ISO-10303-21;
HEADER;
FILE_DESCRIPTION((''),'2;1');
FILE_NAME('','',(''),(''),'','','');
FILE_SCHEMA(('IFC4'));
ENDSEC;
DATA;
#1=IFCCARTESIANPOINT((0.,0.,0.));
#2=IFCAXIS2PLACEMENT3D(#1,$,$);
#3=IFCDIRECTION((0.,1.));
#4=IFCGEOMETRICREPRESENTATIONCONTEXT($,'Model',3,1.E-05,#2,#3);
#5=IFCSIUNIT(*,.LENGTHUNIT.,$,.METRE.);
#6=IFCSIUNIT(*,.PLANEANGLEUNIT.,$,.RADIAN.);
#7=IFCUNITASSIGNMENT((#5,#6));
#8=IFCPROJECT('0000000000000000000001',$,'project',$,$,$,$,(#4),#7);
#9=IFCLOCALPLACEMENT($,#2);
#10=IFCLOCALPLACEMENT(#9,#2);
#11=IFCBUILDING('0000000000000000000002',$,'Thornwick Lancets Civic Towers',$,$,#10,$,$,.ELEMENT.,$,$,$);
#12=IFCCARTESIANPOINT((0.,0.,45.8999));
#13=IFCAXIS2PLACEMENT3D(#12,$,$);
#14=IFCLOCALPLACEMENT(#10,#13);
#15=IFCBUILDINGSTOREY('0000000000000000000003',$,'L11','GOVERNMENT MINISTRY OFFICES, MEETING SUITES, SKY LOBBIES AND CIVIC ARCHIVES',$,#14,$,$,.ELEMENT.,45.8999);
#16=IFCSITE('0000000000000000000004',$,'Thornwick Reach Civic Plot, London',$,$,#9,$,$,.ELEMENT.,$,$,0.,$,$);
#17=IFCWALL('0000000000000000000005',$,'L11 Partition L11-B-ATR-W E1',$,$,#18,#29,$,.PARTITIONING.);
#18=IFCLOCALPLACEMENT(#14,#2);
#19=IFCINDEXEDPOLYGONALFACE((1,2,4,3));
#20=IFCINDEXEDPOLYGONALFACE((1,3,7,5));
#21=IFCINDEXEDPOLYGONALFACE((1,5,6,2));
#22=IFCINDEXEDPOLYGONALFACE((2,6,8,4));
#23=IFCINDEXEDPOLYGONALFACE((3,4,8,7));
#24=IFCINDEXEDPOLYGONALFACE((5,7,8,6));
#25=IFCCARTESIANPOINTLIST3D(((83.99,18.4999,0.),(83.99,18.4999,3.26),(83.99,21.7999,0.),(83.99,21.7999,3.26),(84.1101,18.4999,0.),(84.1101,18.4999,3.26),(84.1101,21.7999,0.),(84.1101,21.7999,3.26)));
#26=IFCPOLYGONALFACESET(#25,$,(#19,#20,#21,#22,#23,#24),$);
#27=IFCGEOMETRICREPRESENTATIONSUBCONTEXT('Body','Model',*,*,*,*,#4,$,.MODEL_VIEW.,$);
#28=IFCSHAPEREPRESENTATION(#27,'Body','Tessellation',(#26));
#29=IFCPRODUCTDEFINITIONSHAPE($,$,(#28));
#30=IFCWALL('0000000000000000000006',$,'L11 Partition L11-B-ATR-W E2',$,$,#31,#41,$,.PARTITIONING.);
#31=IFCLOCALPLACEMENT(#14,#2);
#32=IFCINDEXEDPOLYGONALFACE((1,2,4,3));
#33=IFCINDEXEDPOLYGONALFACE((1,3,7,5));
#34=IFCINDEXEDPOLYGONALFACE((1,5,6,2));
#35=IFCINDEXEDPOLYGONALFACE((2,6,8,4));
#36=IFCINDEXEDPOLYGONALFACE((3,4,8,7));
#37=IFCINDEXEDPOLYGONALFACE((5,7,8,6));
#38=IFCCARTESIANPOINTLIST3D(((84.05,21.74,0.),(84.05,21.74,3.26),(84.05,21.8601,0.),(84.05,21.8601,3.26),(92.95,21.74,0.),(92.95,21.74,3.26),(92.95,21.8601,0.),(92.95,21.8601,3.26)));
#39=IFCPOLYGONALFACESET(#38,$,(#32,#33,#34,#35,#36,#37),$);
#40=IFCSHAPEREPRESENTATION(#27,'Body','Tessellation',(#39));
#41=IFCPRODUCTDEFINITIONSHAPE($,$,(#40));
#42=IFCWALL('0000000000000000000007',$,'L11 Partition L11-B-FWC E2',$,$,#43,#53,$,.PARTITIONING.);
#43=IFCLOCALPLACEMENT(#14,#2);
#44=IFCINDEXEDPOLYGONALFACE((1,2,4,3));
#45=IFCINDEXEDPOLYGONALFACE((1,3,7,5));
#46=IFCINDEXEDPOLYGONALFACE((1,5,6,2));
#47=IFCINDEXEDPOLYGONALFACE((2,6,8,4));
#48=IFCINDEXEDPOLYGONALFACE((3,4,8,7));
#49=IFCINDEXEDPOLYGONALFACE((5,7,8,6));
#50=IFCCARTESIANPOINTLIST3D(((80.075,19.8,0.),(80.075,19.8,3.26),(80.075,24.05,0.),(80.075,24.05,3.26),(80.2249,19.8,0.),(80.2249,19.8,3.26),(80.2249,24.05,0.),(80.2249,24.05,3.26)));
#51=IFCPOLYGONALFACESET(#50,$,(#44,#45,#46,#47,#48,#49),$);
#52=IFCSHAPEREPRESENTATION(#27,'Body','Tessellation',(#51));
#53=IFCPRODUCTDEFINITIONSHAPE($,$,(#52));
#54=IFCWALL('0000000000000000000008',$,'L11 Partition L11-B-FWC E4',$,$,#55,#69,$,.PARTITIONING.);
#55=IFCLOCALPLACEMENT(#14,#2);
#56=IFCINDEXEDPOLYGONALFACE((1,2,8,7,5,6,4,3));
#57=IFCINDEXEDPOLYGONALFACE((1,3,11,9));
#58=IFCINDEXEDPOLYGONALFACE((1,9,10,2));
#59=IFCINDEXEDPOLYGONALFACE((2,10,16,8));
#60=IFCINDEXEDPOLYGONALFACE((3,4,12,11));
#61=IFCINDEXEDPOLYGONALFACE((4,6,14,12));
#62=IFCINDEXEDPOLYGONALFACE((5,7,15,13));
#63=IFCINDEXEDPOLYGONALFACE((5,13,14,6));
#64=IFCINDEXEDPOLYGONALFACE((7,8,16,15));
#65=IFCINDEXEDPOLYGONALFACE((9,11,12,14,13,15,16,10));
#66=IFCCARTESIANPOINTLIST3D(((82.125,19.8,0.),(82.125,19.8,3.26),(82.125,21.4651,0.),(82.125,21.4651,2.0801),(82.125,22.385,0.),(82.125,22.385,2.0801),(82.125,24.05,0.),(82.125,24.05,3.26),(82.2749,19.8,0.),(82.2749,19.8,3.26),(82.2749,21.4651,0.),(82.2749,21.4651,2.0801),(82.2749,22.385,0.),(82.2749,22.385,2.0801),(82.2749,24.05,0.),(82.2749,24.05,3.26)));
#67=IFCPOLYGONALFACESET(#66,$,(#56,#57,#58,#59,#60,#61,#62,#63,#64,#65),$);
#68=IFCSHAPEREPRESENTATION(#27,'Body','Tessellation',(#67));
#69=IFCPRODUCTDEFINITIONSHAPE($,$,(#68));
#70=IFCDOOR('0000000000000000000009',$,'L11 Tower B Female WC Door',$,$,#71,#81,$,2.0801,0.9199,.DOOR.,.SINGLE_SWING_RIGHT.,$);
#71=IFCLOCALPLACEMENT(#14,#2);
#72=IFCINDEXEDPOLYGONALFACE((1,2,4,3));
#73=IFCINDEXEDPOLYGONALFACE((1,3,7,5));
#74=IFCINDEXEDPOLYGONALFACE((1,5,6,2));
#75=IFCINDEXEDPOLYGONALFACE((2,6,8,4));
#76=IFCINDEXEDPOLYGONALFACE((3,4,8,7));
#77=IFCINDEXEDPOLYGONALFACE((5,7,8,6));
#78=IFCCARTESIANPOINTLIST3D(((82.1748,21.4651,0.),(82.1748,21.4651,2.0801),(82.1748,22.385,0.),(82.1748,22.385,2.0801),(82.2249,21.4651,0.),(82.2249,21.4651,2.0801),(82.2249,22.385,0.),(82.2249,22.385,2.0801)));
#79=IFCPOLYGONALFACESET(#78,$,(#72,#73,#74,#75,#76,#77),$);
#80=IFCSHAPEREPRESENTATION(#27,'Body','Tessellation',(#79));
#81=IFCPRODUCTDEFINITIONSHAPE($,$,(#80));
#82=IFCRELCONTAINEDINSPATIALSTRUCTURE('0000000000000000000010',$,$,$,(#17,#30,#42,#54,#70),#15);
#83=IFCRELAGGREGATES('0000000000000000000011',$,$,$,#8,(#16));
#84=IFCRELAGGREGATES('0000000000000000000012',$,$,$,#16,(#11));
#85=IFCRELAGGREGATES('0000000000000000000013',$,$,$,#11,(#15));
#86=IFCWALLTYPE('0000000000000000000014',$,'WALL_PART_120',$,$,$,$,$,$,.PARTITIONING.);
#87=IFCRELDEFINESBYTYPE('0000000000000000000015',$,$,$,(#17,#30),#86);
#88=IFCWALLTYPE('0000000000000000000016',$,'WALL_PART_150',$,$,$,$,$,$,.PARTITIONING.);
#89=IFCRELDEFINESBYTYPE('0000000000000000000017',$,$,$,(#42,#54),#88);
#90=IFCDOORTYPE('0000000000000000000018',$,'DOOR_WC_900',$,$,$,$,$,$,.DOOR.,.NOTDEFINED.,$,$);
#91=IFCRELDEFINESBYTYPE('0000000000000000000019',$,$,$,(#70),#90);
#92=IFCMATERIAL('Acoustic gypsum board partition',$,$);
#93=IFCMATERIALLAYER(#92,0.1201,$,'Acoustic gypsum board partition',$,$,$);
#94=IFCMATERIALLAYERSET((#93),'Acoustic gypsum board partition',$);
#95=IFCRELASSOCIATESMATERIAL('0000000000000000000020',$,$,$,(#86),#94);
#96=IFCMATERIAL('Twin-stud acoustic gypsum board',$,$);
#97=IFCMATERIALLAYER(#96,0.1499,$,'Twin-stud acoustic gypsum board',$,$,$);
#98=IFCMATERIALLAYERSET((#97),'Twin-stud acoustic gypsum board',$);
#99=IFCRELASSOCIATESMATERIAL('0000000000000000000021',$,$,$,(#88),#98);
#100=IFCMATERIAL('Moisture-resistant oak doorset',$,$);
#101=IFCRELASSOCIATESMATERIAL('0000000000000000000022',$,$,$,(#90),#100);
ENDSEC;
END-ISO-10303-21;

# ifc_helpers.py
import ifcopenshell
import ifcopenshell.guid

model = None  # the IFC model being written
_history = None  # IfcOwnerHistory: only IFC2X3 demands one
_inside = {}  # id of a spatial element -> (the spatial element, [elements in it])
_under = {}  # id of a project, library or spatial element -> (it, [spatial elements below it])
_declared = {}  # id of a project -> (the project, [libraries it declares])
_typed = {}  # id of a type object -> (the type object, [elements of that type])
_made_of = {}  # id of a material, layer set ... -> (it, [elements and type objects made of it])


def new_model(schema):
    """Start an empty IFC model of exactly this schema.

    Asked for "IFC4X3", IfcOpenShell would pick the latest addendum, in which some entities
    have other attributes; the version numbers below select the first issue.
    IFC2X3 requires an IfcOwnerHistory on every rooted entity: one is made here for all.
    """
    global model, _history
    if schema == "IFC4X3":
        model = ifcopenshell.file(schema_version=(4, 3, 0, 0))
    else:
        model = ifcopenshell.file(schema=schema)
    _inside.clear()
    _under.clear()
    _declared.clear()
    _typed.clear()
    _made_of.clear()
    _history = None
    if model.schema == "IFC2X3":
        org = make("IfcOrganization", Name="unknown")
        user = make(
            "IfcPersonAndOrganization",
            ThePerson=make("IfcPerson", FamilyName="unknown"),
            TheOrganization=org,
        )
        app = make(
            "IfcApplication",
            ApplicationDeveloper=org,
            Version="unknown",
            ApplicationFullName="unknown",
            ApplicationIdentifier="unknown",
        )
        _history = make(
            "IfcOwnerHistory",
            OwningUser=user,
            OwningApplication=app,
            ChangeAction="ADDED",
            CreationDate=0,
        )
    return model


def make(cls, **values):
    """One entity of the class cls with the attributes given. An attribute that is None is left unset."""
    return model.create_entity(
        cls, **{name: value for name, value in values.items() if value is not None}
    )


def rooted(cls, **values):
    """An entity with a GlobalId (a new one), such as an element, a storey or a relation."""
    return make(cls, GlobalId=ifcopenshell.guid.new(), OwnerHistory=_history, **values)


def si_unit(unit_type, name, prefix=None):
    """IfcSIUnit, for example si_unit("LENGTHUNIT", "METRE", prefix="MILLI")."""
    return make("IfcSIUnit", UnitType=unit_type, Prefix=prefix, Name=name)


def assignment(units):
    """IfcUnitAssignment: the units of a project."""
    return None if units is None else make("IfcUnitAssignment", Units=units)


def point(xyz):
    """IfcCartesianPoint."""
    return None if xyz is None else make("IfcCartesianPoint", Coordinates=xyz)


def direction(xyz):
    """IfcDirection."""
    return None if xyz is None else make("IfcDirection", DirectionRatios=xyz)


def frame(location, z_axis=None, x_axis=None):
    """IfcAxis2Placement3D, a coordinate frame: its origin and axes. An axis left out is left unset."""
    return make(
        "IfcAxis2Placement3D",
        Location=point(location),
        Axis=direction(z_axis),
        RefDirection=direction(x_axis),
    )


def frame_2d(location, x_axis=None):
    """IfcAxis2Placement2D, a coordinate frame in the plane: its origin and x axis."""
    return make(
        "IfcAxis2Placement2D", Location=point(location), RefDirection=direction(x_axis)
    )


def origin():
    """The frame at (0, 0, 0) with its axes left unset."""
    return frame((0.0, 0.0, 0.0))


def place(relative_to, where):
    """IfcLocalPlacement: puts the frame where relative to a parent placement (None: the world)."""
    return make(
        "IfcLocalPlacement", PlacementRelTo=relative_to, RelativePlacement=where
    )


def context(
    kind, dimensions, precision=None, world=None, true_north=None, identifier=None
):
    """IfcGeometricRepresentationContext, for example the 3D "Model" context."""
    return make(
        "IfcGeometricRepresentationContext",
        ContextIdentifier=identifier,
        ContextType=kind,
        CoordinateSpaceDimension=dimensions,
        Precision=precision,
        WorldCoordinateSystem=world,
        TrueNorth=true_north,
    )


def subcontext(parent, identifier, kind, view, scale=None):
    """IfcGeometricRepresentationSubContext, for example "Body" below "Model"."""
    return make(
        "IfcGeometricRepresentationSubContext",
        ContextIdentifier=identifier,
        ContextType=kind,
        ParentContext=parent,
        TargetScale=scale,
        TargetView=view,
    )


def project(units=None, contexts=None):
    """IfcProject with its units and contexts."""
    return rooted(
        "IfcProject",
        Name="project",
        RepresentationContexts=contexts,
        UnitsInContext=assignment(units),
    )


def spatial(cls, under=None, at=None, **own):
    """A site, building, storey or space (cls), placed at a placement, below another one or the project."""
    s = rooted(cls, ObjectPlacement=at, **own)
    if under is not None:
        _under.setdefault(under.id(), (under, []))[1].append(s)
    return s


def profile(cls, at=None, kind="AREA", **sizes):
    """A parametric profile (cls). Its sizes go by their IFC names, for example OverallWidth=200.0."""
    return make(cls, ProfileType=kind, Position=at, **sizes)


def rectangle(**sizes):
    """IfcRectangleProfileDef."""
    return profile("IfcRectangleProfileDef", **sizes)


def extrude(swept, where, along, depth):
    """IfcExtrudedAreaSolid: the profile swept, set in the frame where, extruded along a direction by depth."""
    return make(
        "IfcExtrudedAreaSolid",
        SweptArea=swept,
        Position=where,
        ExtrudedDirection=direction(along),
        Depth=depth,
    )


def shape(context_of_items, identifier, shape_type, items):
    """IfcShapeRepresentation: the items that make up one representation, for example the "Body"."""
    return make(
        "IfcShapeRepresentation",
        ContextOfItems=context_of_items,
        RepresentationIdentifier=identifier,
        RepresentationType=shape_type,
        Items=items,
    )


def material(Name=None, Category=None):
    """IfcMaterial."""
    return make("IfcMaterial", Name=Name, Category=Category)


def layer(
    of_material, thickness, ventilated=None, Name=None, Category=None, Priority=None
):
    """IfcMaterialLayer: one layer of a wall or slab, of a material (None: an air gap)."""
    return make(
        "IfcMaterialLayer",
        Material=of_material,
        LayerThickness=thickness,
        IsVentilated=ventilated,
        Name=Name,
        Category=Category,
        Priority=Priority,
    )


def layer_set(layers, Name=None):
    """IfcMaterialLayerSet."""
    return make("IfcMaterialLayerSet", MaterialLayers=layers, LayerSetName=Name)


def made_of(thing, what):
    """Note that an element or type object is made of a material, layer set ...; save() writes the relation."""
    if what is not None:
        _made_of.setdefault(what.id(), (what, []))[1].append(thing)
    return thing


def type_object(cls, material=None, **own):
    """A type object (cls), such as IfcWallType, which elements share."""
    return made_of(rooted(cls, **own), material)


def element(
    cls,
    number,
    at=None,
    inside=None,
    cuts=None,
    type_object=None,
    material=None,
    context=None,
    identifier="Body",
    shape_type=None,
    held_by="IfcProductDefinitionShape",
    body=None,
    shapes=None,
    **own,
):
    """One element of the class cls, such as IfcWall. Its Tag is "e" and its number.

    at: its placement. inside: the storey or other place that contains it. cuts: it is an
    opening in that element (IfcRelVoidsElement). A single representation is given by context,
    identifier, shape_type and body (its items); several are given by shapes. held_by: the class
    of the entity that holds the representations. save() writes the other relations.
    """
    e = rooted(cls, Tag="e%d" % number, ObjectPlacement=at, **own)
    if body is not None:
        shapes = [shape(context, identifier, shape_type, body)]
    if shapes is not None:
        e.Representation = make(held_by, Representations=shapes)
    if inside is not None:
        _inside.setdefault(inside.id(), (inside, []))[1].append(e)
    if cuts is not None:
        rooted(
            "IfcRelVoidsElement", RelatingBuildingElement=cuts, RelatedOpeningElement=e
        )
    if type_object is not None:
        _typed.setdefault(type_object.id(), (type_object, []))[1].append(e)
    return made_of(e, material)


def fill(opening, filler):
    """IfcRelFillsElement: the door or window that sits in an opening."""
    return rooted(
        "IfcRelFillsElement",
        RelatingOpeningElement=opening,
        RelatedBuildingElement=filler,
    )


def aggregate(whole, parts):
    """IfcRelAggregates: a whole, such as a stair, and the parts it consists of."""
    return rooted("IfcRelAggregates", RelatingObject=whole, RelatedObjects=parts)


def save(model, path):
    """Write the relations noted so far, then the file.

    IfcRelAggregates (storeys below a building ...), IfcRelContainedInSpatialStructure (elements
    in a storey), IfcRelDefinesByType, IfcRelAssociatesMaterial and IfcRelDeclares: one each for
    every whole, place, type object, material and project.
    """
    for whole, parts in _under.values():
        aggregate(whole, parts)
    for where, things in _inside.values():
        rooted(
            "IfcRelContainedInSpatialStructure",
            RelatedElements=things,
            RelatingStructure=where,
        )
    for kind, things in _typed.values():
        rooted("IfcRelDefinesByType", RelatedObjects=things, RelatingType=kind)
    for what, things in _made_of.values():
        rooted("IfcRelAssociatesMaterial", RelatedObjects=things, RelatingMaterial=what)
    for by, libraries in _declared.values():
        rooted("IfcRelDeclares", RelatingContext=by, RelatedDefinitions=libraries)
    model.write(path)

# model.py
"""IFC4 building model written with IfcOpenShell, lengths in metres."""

from ifc_helpers import new_model, si_unit, direction, frame, frame_2d, origin, place, context, subcontext, project, spatial, rectangle, extrude, material, layer, layer_set, type_object, element, fill, save


model = new_model("IFC4")

# Units and contexts
model_context = context("Model", 3, precision=1e-05, world=origin(), true_north=direction((0.0, 1.0)))
body_context = subcontext(model_context, "Body", "Model", "MODEL_VIEW")
ifc_project = project(units=[si_unit("LENGTHUNIT", "METRE"), si_unit("PLANEANGLEUNIT", "RADIAN")], contexts=[model_context])

# Site, building, storey
site_placement = place(None, origin())
site = spatial("IfcSite", under=ifc_project, at=site_placement, Name="Thornwick Reach Civic Plot, London", CompositionType="ELEMENT", RefElevation=0.0)
building_placement = place(site_placement, origin())
building = spatial("IfcBuilding", under=site, at=building_placement, Name="Thornwick Lancets Civic Towers", CompositionType="ELEMENT")
storey_placement = place(building_placement, frame((0.0, 0.0, 45.8999)))
storey = spatial("IfcBuildingStorey", under=building, at=storey_placement, Name="L11", Description="GOVERNMENT MINISTRY OFFICES, MEETING SUITES, SKY LOBBIES AND CIVIC ARCHIVES", CompositionType="ELEMENT", Elevation=45.8999)

# Shared definitions
ifc_material_1 = material(Name="Acoustic gypsum board partition")
ifc_layer_1 = layer(ifc_material_1, 0.1201, Name="Acoustic gypsum board partition")
ifc_layer_set_1 = layer_set([ifc_layer_1], Name="Acoustic gypsum board partition")
wall_type_1 = type_object("IfcWallType", Name="WALL_PART_120", PredefinedType="PARTITIONING", material=ifc_layer_set_1)

# Walls
wall_1_placement = place(storey_placement, frame((84.05, 18.5, 0.0), z_axis=(0.0, 0.0, 1.0), x_axis=(0.0, 1.0, 0.0)))
element("IfcWall", 1, at=wall_1_placement, inside=storey, type_object=wall_type_1, Name="L11 Partition L11-B-ATR-W E1", PredefinedType="PARTITIONING", context=body_context, shape_type="SweptSolid", body=[
    extrude(rectangle(XDim=3.3, YDim=0.1201, at=frame_2d((1.6499, 0.0))), origin(), (0.0, 0.0, 1.0), 3.26),
])
wall_2_placement = place(storey_placement, frame((84.05, 21.8, 0.0), z_axis=(0.0, 0.0, 1.0), x_axis=(1.0, 0.0, 0.0)))
element("IfcWall", 2, at=wall_2_placement, inside=storey, type_object=wall_type_1, Name="L11 Partition L11-B-ATR-W E2", PredefinedType="PARTITIONING", context=body_context, shape_type="SweptSolid", body=[
    extrude(rectangle(XDim=8.8999, YDim=0.1201, at=frame_2d((4.45, 0.0))), origin(), (0.0, 0.0, 1.0), 3.26),
])
ifc_material_2 = material(Name="Twin-stud acoustic gypsum board")
ifc_layer_2 = layer(ifc_material_2, 0.1499, Name="Twin-stud acoustic gypsum board")
ifc_layer_set_2 = layer_set([ifc_layer_2], Name="Twin-stud acoustic gypsum board")
wall_type_2 = type_object("IfcWallType", Name="WALL_PART_150", PredefinedType="PARTITIONING", material=ifc_layer_set_2)
wall_3_placement = place(storey_placement, frame((80.1499, 19.8, 0.0), z_axis=(0.0, 0.0, 1.0), x_axis=(0.0, 1.0, 0.0)))
element("IfcWall", 3, at=wall_3_placement, inside=storey, type_object=wall_type_2, Name="L11 Partition L11-B-FWC E2", PredefinedType="PARTITIONING", context=body_context, shape_type="SweptSolid", body=[
    extrude(rectangle(XDim=4.25, YDim=0.1499, at=frame_2d((2.125, 0.0))), origin(), (0.0, 0.0, 1.0), 3.26),
])

# Wall, opening, door
wall_4_placement = place(storey_placement, frame((82.2, 24.05, 0.0), z_axis=(0.0, 0.0, 1.0), x_axis=(0.0, -1.0, 0.0)))
wall_4 = element("IfcWall", 4, at=wall_4_placement, inside=storey, type_object=wall_type_2, Name="L11 Partition L11-B-FWC E4", PredefinedType="PARTITIONING", context=body_context, shape_type="SweptSolid", body=[
    extrude(rectangle(XDim=4.25, YDim=0.1499, at=frame_2d((2.125, 0.0))), origin(), (0.0, 0.0, 1.0), 3.26),
])
opening_1_placement = place(wall_4_placement, frame((1.665, 0.0, 0.0)))
opening_1 = element("IfcOpeningElement", 5, at=opening_1_placement, cuts=wall_4, PredefinedType="OPENING", context=body_context, shape_type="SweptSolid", body=[
    extrude(rectangle(XDim=0.9199, YDim=2.0801, at=frame_2d((0.46, 1.04))), frame((0.0, 0.085, 0.0), z_axis=(0.0, -1.0, 0.0), x_axis=(1.0, 0.0, 0.0)), (0.0, 0.0, 1.0), 0.1699),
])
ifc_material_3 = material(Name="Moisture-resistant oak doorset")
door_type_1 = type_object("IfcDoorType", Name="DOOR_WC_900", OperationType="NOTDEFINED", PredefinedType="DOOR", material=ifc_material_3)
door_1_placement = place(opening_1_placement, origin())
door_1 = element("IfcDoor", 6, at=door_1_placement, inside=storey, type_object=door_type_1, Name="L11 Tower B Female WC Door", OperationType="SINGLE_SWING_RIGHT", OverallHeight=2.0801, OverallWidth=0.9199, PredefinedType="DOOR", context=body_context, shape_type="SweptSolid", body=[
    extrude(rectangle(XDim=0.9199, YDim=2.0801, at=frame_2d((0.46, 1.04))), frame((0.0, 0.0249, 0.0), z_axis=(0.0, -1.0, 0.0), x_axis=(1.0, 0.0, 0.0)), (0.0, 0.0, 1.0), 0.05),
])
fill(opening_1, door_1)

save(model, "model.ifc")
